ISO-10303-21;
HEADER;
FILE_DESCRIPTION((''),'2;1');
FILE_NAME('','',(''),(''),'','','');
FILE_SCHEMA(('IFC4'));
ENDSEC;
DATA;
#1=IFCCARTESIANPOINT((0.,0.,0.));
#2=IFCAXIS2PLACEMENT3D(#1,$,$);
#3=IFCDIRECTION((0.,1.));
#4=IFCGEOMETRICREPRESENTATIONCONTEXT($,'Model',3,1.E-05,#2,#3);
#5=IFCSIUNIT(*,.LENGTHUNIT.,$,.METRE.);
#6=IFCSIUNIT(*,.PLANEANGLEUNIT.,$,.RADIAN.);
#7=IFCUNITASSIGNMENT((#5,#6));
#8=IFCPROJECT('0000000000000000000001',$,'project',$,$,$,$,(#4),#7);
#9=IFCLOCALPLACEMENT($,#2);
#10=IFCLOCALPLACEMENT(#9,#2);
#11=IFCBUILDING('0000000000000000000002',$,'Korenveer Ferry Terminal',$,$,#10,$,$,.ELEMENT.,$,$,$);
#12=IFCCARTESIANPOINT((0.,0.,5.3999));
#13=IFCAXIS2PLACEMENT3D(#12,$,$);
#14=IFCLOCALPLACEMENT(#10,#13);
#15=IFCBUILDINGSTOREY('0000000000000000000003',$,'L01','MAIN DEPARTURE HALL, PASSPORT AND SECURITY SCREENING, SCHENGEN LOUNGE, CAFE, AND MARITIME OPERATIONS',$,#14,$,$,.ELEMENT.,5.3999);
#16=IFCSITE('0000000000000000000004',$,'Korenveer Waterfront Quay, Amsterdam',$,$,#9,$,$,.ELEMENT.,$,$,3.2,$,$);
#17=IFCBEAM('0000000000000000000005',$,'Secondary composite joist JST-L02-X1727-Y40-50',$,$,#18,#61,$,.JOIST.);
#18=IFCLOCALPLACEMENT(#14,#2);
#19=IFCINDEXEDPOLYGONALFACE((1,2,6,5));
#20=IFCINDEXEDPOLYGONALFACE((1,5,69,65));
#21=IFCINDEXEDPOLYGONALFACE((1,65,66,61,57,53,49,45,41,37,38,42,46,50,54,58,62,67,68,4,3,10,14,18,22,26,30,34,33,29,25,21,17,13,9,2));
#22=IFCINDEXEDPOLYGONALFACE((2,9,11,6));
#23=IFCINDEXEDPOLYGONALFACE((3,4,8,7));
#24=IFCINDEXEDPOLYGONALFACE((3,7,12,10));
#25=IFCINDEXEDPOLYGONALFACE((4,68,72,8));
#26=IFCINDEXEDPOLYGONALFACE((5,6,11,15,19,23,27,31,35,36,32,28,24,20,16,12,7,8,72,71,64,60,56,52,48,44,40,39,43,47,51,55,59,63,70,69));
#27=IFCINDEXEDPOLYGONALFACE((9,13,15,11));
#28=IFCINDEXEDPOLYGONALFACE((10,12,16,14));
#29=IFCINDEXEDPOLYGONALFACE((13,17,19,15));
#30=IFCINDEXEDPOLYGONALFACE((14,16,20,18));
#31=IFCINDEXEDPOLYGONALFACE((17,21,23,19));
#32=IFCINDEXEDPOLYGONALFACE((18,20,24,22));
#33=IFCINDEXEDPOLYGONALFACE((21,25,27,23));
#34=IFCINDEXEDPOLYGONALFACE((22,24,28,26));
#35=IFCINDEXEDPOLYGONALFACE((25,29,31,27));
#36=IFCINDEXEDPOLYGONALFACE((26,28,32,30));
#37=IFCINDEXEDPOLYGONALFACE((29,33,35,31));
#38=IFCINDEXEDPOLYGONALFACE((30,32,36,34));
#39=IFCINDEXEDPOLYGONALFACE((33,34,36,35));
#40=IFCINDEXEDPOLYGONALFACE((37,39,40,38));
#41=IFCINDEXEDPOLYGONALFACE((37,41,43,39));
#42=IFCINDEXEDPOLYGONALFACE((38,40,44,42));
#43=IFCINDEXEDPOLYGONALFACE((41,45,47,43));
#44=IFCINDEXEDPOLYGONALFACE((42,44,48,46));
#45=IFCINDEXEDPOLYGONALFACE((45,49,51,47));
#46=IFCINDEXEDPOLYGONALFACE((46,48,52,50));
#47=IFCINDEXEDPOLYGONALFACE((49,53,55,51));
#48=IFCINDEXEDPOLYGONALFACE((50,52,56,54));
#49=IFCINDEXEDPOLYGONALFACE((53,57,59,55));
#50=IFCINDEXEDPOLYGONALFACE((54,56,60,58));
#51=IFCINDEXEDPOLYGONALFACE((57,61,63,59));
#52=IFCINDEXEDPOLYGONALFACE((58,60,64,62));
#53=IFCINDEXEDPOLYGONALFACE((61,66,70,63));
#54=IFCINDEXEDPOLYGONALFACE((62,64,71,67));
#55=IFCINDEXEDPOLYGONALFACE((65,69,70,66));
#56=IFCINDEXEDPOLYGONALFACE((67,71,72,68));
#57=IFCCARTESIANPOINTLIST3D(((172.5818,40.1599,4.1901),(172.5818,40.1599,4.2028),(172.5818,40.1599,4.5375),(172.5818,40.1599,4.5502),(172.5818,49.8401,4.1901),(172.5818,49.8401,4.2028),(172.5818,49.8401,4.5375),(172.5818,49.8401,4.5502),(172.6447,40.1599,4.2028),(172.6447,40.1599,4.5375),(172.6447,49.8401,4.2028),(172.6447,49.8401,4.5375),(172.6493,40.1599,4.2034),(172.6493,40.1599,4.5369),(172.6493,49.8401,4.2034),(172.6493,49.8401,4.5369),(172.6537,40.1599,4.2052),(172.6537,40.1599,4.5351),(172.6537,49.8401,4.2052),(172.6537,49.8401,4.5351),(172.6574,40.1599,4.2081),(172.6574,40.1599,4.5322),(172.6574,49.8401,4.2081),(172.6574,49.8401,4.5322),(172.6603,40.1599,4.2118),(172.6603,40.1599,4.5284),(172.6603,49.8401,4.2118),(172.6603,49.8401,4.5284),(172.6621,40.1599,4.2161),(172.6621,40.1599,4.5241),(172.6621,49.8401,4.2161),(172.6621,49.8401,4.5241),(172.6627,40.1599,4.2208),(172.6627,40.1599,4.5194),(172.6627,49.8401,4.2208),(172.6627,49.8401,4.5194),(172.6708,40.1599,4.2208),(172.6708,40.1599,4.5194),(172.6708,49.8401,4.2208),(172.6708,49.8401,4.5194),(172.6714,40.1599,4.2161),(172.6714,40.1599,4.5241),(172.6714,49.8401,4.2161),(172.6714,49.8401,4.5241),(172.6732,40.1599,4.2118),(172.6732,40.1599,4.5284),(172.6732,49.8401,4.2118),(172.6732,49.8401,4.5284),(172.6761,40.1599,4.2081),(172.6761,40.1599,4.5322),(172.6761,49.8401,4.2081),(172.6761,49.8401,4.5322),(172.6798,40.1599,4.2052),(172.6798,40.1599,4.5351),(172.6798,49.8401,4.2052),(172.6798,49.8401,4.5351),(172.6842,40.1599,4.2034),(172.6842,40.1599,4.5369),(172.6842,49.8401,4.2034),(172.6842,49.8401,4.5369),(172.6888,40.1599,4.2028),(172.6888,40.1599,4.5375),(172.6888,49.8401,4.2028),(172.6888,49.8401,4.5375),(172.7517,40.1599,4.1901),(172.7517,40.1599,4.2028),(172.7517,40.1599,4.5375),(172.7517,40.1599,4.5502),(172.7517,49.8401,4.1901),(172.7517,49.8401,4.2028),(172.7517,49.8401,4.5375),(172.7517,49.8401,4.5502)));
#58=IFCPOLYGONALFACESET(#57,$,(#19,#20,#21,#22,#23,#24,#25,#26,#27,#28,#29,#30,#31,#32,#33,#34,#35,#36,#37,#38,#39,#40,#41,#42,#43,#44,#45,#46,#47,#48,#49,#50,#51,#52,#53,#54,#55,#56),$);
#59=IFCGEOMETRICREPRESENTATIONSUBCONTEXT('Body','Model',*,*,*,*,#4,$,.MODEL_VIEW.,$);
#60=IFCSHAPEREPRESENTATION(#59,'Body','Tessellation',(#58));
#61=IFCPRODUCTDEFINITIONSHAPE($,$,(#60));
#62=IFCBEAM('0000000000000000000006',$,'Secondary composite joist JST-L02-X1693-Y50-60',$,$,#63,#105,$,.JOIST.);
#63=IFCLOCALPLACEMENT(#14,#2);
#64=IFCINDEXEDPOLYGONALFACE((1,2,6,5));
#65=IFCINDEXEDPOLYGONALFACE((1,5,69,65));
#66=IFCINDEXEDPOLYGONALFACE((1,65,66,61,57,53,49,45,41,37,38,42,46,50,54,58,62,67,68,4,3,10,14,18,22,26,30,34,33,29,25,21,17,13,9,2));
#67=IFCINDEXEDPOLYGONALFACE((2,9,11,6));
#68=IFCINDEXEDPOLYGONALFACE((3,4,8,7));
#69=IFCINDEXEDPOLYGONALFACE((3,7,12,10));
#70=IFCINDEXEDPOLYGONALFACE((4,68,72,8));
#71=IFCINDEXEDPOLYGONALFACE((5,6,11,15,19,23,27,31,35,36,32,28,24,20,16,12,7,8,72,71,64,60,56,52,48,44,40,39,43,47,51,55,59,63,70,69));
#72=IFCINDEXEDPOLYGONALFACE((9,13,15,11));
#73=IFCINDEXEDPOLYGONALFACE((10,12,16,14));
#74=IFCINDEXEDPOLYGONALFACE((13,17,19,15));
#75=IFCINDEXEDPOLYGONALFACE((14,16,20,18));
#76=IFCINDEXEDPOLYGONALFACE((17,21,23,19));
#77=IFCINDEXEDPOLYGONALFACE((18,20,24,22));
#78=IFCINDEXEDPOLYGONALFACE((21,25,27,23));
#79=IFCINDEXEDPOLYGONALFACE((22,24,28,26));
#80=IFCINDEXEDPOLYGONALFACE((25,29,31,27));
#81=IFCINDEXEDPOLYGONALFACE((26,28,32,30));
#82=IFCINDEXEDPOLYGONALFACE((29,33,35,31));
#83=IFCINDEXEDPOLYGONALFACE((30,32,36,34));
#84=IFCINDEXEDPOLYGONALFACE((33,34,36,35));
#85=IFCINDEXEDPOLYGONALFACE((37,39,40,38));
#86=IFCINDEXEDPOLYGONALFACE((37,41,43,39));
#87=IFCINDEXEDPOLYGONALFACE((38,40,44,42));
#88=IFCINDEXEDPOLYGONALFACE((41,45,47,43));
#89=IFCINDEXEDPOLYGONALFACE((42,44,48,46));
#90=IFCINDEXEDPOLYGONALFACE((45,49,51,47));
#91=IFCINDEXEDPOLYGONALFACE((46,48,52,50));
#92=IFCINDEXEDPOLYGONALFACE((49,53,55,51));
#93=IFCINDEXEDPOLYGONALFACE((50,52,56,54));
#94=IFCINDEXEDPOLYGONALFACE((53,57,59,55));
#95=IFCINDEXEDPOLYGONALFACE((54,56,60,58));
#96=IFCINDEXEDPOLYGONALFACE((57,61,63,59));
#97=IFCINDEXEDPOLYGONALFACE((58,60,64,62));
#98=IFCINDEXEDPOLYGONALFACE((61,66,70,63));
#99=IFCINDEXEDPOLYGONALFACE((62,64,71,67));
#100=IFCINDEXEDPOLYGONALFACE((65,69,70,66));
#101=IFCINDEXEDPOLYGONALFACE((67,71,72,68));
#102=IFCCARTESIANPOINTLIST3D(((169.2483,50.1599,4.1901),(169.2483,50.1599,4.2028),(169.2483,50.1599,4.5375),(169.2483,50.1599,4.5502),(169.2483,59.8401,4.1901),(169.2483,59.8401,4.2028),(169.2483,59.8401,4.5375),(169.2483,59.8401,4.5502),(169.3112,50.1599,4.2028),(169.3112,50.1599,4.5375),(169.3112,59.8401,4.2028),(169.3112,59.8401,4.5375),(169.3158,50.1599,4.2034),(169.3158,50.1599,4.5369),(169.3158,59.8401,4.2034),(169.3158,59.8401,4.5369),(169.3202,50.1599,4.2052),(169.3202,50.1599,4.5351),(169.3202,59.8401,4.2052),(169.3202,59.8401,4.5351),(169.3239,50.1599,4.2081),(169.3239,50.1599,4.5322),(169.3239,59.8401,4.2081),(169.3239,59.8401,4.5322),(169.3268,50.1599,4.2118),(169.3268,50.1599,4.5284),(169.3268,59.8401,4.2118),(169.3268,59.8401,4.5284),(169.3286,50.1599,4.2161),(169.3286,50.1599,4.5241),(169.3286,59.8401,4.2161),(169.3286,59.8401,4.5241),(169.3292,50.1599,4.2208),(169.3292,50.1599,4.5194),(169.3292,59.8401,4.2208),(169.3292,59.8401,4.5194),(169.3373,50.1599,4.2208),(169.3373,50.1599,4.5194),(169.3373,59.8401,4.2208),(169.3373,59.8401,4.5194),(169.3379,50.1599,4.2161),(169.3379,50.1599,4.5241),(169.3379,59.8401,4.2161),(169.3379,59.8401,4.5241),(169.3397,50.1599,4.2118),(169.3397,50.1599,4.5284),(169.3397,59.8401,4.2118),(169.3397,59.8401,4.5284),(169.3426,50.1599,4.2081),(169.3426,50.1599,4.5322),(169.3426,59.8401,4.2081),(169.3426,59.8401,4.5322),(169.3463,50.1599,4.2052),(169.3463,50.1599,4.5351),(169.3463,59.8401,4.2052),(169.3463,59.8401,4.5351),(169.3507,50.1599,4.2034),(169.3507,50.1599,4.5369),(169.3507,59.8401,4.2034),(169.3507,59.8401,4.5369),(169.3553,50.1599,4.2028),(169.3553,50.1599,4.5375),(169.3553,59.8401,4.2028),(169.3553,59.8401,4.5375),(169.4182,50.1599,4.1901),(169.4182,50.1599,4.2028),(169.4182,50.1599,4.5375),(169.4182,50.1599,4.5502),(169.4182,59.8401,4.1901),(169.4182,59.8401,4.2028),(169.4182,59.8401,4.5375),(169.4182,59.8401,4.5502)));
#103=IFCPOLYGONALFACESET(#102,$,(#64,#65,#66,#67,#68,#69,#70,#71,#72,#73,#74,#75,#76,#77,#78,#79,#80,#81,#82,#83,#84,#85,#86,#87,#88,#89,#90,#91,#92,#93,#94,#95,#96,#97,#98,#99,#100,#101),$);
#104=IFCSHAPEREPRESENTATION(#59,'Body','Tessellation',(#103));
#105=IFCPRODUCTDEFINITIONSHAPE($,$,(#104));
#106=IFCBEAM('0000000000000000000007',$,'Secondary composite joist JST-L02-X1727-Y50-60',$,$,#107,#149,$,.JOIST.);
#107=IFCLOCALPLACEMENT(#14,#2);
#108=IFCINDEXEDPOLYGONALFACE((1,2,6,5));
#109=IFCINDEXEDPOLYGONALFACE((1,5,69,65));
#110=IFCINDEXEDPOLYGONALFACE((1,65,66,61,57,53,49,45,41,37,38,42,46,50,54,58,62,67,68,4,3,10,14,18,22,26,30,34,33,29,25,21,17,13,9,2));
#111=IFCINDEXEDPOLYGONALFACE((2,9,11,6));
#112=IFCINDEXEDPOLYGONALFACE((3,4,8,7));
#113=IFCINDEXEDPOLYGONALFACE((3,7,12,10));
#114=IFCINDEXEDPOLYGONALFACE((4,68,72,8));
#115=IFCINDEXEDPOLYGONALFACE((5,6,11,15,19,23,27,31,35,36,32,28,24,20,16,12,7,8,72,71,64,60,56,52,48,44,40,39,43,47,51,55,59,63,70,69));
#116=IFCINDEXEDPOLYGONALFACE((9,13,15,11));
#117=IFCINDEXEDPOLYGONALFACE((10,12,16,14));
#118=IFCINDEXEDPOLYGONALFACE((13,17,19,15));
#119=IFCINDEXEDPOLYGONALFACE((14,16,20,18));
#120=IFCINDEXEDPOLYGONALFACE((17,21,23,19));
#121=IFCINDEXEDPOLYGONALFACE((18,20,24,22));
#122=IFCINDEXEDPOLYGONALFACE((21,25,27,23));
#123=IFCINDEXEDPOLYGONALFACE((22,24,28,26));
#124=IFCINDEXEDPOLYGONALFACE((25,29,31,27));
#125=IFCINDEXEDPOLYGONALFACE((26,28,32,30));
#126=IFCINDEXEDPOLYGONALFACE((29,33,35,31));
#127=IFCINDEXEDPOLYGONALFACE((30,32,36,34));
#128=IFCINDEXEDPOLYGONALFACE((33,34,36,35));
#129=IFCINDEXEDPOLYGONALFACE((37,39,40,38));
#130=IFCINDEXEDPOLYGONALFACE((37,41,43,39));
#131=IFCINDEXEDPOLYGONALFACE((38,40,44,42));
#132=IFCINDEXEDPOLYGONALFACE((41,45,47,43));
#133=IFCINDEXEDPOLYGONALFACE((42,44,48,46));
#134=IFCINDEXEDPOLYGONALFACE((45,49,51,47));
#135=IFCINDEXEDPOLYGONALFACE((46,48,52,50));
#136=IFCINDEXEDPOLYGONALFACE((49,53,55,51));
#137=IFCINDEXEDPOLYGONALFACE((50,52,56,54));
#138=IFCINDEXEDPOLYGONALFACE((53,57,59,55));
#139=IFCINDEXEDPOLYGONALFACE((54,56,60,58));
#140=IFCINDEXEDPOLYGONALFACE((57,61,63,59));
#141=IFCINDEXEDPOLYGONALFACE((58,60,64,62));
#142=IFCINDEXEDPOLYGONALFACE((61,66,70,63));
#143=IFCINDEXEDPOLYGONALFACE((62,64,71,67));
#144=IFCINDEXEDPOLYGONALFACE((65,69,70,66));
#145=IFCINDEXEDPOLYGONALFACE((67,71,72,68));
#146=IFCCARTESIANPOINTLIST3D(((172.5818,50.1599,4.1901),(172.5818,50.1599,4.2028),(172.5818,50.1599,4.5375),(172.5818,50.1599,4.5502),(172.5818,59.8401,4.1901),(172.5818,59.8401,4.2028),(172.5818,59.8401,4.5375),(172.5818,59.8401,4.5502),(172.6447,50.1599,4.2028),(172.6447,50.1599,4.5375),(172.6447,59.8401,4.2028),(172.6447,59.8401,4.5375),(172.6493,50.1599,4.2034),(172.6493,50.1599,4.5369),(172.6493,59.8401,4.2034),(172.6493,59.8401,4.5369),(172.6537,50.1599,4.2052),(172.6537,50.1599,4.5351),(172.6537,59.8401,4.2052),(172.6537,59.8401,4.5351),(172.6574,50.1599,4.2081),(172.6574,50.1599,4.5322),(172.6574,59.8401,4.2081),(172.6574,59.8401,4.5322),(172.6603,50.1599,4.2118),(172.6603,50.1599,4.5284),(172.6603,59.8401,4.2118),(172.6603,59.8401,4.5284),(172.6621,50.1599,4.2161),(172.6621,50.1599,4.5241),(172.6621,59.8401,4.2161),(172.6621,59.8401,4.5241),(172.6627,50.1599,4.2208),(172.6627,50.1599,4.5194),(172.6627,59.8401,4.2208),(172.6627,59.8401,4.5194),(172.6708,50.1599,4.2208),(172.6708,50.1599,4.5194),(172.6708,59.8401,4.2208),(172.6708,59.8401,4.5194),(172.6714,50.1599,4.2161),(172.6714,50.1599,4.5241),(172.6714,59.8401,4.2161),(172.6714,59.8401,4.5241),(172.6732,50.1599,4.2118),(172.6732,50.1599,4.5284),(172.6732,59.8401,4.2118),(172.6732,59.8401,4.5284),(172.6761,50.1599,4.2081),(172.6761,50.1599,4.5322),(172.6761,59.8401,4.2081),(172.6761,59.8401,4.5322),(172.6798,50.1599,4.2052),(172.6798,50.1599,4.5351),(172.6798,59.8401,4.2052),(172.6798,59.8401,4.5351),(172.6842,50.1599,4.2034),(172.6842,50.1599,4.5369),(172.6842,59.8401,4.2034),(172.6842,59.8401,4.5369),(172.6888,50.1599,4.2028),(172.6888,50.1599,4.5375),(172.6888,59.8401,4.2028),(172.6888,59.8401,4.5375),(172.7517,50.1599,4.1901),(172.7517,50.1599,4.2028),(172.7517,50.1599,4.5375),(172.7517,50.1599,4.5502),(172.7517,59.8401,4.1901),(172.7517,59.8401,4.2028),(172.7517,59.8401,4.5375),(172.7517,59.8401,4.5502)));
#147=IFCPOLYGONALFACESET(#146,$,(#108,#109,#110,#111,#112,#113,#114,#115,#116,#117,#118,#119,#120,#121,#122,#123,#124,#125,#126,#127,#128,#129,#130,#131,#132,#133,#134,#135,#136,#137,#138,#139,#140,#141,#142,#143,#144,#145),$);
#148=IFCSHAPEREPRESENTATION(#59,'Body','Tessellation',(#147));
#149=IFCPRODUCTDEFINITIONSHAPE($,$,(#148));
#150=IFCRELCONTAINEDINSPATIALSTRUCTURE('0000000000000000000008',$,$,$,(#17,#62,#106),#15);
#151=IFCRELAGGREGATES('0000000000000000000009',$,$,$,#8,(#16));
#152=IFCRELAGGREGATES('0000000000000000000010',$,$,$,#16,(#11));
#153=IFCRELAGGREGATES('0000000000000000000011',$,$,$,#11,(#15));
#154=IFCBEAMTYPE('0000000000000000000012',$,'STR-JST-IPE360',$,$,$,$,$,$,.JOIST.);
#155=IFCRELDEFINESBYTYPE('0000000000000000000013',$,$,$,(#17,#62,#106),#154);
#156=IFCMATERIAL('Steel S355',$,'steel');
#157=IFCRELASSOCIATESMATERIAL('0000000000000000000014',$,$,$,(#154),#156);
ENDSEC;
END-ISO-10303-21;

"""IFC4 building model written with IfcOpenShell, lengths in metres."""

from ifc_helpers import new_model, si_unit, direction, frame, origin, origin_2d, place, context, subcontext, project, spatial, i_section, extrude, material, material_profile, profile_set, type_object, element, save


model = new_model("IFC4")

# Units and contexts
model_context = context("Model", 3, precision=1e-05, world=origin(), true_north=direction((0.0, 1.0)))
body_context = subcontext(model_context, "Body", "Model", "MODEL_VIEW")
ifc_project = project(units=[si_unit("LENGTHUNIT", "METRE"), si_unit("PLANEANGLEUNIT", "RADIAN")], contexts=[model_context])

# Site, building, storey
site_placement = place(None, origin())
site = spatial("IfcSite", under=ifc_project, at=site_placement, Name="Korenveer Waterfront Quay, Amsterdam", CompositionType="ELEMENT", RefElevation=3.2)
building_placement = place(site_placement, origin())
building = spatial("IfcBuilding", under=site, at=building_placement, Name="Korenveer Ferry Terminal", CompositionType="ELEMENT")
storey_placement = place(building_placement, frame((0.0, 0.0, 5.3999)))
storey = spatial("IfcBuildingStorey", under=building, at=storey_placement, Name="L01", Description="MAIN DEPARTURE HALL, PASSPORT AND SECURITY SCREENING, SCHENGEN LOUNGE, CAFE, AND MARITIME OPERATIONS", CompositionType="ELEMENT", Elevation=5.3999)

# Shared definitions
ifc_material_1 = material(Name="Steel S355", Category="steel")

# Beams
ifc_material_profile_1 = material_profile(ifc_material_1, i_section(OverallWidth=0.1699, OverallDepth=0.3601, WebThickness=0.0081, FlangeThickness=0.0127, FilletRadius=0.0181, at=origin_2d()), Name="IPE 360")
ifc_profile_set_1 = profile_set([ifc_material_profile_1], Name="Steel S355")
beam_type_1 = type_object("IfcBeamType", Name="STR-JST-IPE360", PredefinedType="JOIST", material=ifc_profile_set_1)
for number, where, z_axis, x_axis, name in (
    (1, (172.6667, 40.1599, 4.3701), (0.0, 1.0, 0.0), (-1.0, 0.0, 0.0), "Secondary composite joist JST-L02-X1727-Y40-50"),
    (2, (169.3333, 50.1599, 4.3701), (0.0, 1.0, 0.0), (-1.0, 0.0, 0.0), "Secondary composite joist JST-L02-X1693-Y50-60"),
    (3, (172.6667, 50.1599, 4.3701), (0.0, 1.0, 0.0), (-1.0, 0.0, 0.0), "Secondary composite joist JST-L02-X1727-Y50-60"),
):
    element("IfcBeam", number, at=place(storey_placement, frame(where, z_axis=z_axis, x_axis=x_axis)), inside=storey, type_object=beam_type_1, Name=name, PredefinedType="JOIST", context=body_context, shape_type="SweptSolid", body=[
        extrude(i_section(OverallWidth=0.1699, OverallDepth=0.3601, WebThickness=0.0081, FlangeThickness=0.0127, FilletRadius=0.0181, at=origin_2d()), origin(), (0.0, 0.0, 1.0), 9.6802),
    ])

save(model, "model.ifc")
